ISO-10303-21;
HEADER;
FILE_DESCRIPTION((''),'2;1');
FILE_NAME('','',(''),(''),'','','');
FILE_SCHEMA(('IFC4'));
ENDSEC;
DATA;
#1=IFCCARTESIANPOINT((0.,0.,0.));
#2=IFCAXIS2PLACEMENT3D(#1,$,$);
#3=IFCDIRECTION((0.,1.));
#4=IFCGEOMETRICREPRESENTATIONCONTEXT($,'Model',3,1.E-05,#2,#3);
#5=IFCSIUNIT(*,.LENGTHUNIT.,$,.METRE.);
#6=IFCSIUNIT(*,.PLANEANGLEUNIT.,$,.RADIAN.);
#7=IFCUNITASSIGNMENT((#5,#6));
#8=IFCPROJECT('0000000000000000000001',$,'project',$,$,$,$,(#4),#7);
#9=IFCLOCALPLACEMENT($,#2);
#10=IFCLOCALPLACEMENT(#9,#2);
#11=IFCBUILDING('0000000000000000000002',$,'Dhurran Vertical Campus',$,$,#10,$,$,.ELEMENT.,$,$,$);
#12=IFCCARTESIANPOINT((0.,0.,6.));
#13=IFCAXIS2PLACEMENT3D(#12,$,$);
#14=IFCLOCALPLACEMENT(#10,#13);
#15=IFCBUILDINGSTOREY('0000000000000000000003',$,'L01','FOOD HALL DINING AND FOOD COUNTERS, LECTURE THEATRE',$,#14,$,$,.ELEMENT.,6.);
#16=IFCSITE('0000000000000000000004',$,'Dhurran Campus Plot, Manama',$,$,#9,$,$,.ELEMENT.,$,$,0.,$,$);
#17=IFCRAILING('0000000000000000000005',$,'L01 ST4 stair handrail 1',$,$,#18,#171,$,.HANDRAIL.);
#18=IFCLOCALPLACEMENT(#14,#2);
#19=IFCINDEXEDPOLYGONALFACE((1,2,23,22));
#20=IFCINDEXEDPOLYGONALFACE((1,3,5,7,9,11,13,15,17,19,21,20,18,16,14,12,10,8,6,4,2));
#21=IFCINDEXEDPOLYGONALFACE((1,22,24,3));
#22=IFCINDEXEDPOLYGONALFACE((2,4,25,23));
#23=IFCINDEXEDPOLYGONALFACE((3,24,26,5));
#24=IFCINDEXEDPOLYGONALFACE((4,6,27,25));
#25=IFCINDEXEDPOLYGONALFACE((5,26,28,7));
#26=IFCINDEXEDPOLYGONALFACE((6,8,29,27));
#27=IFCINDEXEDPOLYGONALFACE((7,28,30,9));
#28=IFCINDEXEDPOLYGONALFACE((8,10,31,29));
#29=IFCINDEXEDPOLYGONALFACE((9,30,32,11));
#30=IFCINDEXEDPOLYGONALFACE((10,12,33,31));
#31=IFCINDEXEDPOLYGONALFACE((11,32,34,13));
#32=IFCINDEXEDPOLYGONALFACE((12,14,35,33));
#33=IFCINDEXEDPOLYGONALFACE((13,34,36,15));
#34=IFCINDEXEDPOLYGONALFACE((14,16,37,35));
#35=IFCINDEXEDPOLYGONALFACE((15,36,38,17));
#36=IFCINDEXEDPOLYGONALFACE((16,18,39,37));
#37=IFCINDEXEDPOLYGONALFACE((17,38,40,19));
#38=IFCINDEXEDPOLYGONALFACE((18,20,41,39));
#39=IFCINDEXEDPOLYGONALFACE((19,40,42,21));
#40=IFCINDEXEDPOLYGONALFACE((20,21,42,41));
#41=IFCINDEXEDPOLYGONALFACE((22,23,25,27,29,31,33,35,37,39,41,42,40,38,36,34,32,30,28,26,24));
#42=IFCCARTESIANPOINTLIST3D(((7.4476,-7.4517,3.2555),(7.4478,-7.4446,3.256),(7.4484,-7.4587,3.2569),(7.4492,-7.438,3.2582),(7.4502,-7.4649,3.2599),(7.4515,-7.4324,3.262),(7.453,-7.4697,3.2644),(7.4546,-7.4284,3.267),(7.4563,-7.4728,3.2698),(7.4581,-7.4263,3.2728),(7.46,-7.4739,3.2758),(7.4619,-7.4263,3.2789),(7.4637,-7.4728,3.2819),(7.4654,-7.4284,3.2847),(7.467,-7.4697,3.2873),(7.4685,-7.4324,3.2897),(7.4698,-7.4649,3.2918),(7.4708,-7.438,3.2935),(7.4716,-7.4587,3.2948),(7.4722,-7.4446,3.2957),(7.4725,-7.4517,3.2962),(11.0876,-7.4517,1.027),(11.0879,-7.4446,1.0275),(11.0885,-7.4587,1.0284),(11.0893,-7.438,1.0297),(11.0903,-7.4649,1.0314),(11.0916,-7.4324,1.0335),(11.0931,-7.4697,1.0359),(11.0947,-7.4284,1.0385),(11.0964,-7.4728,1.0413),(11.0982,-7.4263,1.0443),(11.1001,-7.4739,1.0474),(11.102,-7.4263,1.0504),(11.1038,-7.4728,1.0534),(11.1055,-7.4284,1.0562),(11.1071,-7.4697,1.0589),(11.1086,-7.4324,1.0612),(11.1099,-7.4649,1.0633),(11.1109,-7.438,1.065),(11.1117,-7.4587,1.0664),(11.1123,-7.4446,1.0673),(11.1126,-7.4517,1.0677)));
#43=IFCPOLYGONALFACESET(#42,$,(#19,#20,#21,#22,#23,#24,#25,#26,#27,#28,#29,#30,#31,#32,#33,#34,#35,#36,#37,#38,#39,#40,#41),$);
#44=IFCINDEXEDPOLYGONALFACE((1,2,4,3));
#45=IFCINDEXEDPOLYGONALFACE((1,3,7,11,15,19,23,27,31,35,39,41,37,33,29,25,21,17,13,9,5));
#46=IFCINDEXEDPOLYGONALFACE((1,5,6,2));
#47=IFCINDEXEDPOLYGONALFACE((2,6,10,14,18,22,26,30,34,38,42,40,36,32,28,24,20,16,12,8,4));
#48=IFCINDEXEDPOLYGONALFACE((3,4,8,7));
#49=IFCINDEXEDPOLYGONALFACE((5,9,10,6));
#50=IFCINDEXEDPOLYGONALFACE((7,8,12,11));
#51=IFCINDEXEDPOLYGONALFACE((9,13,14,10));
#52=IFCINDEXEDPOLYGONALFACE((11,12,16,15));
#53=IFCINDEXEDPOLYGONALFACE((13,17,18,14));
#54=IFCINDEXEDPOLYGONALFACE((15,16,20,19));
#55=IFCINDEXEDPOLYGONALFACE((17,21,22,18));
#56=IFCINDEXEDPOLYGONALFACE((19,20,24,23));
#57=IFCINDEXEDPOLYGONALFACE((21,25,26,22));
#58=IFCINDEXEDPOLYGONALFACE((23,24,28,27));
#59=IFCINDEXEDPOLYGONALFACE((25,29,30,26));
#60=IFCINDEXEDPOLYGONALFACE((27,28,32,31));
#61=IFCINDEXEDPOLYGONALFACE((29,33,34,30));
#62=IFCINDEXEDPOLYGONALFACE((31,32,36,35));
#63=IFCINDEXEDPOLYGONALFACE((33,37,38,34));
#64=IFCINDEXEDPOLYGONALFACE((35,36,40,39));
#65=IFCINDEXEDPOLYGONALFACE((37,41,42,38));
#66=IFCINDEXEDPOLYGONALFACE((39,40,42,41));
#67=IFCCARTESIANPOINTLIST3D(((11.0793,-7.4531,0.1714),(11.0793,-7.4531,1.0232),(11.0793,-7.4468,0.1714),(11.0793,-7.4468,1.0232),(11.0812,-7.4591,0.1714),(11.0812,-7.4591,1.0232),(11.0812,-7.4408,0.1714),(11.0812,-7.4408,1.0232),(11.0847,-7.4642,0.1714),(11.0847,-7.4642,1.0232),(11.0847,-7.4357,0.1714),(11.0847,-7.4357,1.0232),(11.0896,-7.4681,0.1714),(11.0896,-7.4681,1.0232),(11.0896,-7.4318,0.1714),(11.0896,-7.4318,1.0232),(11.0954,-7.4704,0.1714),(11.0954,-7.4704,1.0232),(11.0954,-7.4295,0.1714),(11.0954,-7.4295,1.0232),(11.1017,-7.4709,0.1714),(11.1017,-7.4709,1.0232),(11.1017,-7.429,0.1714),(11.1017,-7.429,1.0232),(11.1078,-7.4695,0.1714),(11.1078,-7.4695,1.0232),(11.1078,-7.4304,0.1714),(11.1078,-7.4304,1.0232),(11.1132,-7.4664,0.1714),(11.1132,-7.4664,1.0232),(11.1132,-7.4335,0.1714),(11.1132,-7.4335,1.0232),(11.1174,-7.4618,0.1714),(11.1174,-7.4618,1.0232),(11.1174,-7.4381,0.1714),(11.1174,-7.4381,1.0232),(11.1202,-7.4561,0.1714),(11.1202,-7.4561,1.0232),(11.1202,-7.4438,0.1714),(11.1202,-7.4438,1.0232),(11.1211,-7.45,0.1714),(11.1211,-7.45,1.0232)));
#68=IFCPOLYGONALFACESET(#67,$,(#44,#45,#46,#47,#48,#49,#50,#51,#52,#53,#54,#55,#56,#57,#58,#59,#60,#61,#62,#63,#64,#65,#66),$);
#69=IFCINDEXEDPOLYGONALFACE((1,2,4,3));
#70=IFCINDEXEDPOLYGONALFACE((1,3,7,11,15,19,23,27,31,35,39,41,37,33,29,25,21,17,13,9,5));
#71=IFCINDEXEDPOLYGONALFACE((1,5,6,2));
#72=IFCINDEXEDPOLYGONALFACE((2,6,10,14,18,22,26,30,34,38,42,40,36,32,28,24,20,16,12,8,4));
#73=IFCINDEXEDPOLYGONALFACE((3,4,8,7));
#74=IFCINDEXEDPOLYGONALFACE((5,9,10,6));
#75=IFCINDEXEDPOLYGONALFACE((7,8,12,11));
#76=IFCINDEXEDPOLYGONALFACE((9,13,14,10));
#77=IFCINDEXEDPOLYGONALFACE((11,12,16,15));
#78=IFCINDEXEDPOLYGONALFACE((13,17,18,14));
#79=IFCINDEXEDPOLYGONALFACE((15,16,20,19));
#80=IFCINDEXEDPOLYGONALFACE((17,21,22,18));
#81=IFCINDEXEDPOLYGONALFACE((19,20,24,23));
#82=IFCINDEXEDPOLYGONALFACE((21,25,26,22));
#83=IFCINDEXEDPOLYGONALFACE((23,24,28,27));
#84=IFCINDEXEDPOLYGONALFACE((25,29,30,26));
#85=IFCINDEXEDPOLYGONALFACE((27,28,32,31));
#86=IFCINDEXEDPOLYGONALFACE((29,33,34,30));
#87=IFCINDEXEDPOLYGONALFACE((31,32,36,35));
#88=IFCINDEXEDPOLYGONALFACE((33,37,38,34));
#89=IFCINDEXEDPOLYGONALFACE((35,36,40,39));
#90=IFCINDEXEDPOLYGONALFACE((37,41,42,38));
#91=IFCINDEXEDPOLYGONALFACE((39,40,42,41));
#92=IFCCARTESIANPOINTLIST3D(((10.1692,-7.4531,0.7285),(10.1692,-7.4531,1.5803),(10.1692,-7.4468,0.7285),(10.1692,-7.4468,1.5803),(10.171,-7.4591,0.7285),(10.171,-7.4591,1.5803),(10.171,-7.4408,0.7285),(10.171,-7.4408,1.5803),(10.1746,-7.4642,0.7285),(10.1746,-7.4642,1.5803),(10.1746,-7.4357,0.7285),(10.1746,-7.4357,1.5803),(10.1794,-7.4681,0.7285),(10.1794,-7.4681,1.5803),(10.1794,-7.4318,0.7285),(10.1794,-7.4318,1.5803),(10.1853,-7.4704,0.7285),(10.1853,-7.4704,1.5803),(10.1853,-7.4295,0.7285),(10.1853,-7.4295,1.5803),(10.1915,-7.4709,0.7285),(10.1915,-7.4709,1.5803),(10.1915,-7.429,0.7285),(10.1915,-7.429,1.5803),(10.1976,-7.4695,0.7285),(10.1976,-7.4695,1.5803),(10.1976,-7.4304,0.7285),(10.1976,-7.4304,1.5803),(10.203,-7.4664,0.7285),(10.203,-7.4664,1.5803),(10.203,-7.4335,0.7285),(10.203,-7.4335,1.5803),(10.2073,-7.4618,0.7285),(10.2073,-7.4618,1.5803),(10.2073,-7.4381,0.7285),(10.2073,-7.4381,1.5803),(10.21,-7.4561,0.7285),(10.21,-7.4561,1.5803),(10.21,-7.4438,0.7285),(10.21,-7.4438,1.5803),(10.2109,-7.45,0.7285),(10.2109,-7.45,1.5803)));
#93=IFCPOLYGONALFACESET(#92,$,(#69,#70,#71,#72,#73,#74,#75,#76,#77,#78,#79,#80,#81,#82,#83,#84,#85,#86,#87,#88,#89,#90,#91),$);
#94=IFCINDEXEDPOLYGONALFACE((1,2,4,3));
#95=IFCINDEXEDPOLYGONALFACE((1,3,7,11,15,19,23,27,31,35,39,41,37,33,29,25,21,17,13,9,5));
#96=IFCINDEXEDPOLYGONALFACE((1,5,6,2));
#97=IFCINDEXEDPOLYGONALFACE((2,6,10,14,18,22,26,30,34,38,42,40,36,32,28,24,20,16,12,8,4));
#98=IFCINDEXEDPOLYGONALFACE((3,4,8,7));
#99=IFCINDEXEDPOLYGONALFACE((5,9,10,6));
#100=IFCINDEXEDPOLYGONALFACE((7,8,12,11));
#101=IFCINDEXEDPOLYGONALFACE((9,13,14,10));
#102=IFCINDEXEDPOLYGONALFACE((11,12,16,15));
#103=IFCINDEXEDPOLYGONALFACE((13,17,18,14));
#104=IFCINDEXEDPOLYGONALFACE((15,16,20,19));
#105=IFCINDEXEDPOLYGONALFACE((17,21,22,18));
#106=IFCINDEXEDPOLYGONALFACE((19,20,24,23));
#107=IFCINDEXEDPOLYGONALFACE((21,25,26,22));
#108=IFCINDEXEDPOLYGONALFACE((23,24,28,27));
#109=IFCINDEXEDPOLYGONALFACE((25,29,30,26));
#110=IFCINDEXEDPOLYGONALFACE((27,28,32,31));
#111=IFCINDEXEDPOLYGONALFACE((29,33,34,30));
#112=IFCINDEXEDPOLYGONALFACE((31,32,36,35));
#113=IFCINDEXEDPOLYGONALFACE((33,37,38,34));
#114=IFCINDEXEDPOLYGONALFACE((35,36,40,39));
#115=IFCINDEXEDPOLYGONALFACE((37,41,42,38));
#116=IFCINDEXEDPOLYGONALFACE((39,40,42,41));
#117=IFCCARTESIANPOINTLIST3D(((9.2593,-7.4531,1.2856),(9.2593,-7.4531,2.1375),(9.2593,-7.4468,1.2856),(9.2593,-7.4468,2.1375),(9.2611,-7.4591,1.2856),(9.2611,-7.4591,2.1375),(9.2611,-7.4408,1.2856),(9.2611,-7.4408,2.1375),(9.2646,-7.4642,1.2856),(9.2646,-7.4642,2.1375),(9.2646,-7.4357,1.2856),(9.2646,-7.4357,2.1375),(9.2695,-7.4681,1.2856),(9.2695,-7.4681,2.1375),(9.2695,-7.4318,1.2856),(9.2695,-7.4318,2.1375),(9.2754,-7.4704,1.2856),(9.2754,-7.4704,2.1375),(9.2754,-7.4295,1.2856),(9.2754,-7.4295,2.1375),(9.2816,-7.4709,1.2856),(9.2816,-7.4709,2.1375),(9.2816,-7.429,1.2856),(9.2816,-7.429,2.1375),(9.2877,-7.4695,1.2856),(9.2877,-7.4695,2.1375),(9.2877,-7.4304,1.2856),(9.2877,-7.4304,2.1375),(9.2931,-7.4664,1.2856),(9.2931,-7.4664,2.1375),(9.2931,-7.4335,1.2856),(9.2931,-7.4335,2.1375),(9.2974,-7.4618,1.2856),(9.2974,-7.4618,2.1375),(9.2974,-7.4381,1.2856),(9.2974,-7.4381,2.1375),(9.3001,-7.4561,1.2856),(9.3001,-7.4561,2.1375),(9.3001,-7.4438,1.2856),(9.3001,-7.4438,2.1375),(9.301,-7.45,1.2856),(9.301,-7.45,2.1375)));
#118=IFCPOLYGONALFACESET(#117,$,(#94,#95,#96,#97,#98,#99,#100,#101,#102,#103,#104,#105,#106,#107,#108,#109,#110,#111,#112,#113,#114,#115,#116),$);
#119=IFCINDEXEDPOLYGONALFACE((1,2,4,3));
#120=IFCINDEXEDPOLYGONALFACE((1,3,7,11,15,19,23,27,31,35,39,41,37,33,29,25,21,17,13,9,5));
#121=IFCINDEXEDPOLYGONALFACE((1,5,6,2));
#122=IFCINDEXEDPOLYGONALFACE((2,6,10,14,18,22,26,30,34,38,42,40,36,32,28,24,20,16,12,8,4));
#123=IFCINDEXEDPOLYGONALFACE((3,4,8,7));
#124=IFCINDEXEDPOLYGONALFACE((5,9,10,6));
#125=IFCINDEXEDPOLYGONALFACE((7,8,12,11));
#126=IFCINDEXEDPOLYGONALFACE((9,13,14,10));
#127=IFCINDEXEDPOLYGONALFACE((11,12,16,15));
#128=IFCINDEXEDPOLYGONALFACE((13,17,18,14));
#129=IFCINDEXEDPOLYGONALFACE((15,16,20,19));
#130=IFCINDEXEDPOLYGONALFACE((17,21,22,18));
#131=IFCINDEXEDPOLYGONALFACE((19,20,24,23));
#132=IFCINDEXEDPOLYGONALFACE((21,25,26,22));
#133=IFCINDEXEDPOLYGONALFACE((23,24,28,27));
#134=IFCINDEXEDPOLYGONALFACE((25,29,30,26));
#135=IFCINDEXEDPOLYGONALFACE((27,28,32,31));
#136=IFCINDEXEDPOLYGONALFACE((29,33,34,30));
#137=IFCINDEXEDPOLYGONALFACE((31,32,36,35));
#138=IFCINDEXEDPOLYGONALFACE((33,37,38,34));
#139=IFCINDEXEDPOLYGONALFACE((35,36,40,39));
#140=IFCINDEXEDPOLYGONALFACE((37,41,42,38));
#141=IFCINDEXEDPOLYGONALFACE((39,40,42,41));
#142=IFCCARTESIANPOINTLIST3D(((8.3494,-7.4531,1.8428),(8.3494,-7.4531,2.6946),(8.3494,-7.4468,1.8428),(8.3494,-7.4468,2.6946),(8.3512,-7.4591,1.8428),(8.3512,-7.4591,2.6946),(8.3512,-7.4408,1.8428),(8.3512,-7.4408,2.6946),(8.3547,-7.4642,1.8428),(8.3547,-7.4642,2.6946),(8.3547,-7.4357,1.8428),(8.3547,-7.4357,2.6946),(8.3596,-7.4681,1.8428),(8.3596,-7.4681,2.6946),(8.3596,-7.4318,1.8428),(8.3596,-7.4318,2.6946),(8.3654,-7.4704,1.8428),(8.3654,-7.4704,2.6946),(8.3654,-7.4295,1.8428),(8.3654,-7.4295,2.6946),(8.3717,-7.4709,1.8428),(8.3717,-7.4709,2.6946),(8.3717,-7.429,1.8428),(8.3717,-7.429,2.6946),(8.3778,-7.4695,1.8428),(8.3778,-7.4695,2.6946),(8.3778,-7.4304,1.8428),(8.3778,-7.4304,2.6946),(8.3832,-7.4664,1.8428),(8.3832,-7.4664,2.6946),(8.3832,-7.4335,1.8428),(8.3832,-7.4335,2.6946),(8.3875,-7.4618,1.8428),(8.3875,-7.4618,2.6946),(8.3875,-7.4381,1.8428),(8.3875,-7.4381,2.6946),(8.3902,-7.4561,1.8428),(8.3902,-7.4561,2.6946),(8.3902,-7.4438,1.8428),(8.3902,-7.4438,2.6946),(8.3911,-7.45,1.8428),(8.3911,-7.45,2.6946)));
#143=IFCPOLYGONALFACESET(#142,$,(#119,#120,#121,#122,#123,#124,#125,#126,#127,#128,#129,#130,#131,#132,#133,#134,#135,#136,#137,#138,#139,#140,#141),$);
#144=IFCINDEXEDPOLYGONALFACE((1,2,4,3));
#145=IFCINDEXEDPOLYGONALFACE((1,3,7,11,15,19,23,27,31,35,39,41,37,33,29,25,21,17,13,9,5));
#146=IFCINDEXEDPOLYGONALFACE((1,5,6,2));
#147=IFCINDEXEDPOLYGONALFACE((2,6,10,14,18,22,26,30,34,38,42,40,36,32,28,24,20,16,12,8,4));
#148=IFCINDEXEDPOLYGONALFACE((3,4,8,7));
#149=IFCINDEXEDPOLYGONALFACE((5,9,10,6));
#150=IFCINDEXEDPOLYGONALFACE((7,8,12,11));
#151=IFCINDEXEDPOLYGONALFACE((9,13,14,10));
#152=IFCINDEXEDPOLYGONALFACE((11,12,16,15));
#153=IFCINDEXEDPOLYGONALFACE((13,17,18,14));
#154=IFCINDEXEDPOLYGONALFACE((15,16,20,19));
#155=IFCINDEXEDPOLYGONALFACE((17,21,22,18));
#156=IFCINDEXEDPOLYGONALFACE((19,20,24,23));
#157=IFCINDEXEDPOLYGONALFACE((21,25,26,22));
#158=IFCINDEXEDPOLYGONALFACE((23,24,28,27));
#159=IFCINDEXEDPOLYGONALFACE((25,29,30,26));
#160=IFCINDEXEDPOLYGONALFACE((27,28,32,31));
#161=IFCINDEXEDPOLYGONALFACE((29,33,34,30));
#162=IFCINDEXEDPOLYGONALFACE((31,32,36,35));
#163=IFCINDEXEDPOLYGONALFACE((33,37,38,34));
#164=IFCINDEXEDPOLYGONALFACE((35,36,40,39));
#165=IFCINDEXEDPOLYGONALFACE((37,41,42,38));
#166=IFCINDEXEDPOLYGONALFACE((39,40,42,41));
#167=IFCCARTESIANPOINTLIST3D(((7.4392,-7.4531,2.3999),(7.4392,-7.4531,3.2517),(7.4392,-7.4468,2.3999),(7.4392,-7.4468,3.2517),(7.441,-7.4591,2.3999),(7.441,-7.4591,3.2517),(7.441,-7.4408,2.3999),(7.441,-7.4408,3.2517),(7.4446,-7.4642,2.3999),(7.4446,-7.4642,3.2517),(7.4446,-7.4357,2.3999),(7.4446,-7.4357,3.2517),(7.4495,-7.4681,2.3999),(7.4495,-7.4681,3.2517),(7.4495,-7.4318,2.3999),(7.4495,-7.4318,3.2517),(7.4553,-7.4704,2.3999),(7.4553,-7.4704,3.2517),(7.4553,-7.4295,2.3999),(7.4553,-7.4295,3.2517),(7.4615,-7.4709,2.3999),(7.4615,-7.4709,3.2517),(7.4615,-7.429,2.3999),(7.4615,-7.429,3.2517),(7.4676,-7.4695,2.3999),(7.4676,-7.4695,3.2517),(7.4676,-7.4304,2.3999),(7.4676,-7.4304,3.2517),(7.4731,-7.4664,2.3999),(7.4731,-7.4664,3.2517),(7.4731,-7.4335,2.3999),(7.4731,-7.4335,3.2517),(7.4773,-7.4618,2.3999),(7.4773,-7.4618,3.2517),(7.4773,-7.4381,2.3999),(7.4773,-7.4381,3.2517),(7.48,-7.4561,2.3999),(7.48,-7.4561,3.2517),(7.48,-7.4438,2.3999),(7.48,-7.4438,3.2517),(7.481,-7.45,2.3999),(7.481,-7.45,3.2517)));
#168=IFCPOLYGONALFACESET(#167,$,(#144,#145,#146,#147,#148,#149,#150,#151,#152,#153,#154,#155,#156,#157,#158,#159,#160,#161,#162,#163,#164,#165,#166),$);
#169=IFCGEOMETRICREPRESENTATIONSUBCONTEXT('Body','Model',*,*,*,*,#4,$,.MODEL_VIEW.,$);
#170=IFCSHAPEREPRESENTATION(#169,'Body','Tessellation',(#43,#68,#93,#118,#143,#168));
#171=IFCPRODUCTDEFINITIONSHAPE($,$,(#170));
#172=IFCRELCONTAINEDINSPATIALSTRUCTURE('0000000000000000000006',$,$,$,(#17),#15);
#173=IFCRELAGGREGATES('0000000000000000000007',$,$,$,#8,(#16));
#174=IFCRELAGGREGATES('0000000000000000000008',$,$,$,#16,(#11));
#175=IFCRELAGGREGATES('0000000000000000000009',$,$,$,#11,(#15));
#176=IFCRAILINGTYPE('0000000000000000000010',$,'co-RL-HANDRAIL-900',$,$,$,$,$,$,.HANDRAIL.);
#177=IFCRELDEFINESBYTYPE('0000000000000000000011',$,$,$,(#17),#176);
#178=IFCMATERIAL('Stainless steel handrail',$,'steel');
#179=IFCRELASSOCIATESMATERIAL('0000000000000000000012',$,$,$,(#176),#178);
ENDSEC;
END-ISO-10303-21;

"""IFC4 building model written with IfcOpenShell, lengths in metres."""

from ifc_helpers import new_model, si_unit, direction, frame, origin, origin_2d, place, context, subcontext, project, spatial, circle, extrude, material, type_object, element, save


model = new_model("IFC4")

# Units and contexts
model_context = context("Model", 3, precision=1e-05, world=origin(), true_north=direction((0.0, 1.0)))
body_context = subcontext(model_context, "Body", "Model", "MODEL_VIEW")
ifc_project = project(units=[si_unit("LENGTHUNIT", "METRE"), si_unit("PLANEANGLEUNIT", "RADIAN")], contexts=[model_context])

# Site, building, storey
site_placement = place(None, origin())
site = spatial("IfcSite", under=ifc_project, at=site_placement, Name="Dhurran Campus Plot, Manama", CompositionType="ELEMENT", RefElevation=0.0)
building_placement = place(site_placement, origin())
building = spatial("IfcBuilding", under=site, at=building_placement, Name="Dhurran Vertical Campus", CompositionType="ELEMENT")
storey_placement = place(building_placement, frame((0.0, 0.0, 6.0)))
storey = spatial("IfcBuildingStorey", under=building, at=storey_placement, Name="L01", Description="FOOD HALL DINING AND FOOD COUNTERS, LECTURE THEATRE", CompositionType="ELEMENT", Elevation=6.0)

# Railing
ifc_material_1 = material(Name="Stainless steel handrail", Category="steel")
railing_type_1 = type_object("IfcRailingType", Name="co-RL-HANDRAIL-900", PredefinedType="HANDRAIL", material=ifc_material_1)
railing_1_placement = place(storey_placement, frame((11.1001, -7.45, 0.1714)))
element("IfcRailing", 1, at=railing_1_placement, inside=storey, type_object=railing_type_1, Name="L01 ST4 stair handrail 1", PredefinedType="HANDRAIL", context=body_context, shape_type="SweptSolid", body=[
    extrude(circle(Radius=0.0239, at=origin_2d()), frame((0.0, 0.0, 0.876), z_axis=(-0.852866, 0.0, 0.52213), x_axis=(0.0, -1.0, 0.0)), (0.0, 0.0, 1.0), 4.2681),
    extrude(circle(Radius=0.021, at=origin_2d()), origin(), (0.0, 0.0, 1.0), 0.8518),
    extrude(circle(Radius=0.021, at=origin_2d()), frame((-0.9102, 0.0, 0.5571)), (0.0, 0.0, 1.0), 0.8518),
    extrude(circle(Radius=0.021, at=origin_2d()), frame((-1.8201, 0.0, 1.1143)), (0.0, 0.0, 1.0), 0.8518),
    extrude(circle(Radius=0.021, at=origin_2d()), frame((-2.73, 0.0, 1.6714)), (0.0, 0.0, 1.0), 0.8518),
    extrude(circle(Radius=0.021, at=origin_2d()), frame((-3.6401, 0.0, 2.2285)), (0.0, 0.0, 1.0), 0.8518),
])

save(model, "model.ifc")
